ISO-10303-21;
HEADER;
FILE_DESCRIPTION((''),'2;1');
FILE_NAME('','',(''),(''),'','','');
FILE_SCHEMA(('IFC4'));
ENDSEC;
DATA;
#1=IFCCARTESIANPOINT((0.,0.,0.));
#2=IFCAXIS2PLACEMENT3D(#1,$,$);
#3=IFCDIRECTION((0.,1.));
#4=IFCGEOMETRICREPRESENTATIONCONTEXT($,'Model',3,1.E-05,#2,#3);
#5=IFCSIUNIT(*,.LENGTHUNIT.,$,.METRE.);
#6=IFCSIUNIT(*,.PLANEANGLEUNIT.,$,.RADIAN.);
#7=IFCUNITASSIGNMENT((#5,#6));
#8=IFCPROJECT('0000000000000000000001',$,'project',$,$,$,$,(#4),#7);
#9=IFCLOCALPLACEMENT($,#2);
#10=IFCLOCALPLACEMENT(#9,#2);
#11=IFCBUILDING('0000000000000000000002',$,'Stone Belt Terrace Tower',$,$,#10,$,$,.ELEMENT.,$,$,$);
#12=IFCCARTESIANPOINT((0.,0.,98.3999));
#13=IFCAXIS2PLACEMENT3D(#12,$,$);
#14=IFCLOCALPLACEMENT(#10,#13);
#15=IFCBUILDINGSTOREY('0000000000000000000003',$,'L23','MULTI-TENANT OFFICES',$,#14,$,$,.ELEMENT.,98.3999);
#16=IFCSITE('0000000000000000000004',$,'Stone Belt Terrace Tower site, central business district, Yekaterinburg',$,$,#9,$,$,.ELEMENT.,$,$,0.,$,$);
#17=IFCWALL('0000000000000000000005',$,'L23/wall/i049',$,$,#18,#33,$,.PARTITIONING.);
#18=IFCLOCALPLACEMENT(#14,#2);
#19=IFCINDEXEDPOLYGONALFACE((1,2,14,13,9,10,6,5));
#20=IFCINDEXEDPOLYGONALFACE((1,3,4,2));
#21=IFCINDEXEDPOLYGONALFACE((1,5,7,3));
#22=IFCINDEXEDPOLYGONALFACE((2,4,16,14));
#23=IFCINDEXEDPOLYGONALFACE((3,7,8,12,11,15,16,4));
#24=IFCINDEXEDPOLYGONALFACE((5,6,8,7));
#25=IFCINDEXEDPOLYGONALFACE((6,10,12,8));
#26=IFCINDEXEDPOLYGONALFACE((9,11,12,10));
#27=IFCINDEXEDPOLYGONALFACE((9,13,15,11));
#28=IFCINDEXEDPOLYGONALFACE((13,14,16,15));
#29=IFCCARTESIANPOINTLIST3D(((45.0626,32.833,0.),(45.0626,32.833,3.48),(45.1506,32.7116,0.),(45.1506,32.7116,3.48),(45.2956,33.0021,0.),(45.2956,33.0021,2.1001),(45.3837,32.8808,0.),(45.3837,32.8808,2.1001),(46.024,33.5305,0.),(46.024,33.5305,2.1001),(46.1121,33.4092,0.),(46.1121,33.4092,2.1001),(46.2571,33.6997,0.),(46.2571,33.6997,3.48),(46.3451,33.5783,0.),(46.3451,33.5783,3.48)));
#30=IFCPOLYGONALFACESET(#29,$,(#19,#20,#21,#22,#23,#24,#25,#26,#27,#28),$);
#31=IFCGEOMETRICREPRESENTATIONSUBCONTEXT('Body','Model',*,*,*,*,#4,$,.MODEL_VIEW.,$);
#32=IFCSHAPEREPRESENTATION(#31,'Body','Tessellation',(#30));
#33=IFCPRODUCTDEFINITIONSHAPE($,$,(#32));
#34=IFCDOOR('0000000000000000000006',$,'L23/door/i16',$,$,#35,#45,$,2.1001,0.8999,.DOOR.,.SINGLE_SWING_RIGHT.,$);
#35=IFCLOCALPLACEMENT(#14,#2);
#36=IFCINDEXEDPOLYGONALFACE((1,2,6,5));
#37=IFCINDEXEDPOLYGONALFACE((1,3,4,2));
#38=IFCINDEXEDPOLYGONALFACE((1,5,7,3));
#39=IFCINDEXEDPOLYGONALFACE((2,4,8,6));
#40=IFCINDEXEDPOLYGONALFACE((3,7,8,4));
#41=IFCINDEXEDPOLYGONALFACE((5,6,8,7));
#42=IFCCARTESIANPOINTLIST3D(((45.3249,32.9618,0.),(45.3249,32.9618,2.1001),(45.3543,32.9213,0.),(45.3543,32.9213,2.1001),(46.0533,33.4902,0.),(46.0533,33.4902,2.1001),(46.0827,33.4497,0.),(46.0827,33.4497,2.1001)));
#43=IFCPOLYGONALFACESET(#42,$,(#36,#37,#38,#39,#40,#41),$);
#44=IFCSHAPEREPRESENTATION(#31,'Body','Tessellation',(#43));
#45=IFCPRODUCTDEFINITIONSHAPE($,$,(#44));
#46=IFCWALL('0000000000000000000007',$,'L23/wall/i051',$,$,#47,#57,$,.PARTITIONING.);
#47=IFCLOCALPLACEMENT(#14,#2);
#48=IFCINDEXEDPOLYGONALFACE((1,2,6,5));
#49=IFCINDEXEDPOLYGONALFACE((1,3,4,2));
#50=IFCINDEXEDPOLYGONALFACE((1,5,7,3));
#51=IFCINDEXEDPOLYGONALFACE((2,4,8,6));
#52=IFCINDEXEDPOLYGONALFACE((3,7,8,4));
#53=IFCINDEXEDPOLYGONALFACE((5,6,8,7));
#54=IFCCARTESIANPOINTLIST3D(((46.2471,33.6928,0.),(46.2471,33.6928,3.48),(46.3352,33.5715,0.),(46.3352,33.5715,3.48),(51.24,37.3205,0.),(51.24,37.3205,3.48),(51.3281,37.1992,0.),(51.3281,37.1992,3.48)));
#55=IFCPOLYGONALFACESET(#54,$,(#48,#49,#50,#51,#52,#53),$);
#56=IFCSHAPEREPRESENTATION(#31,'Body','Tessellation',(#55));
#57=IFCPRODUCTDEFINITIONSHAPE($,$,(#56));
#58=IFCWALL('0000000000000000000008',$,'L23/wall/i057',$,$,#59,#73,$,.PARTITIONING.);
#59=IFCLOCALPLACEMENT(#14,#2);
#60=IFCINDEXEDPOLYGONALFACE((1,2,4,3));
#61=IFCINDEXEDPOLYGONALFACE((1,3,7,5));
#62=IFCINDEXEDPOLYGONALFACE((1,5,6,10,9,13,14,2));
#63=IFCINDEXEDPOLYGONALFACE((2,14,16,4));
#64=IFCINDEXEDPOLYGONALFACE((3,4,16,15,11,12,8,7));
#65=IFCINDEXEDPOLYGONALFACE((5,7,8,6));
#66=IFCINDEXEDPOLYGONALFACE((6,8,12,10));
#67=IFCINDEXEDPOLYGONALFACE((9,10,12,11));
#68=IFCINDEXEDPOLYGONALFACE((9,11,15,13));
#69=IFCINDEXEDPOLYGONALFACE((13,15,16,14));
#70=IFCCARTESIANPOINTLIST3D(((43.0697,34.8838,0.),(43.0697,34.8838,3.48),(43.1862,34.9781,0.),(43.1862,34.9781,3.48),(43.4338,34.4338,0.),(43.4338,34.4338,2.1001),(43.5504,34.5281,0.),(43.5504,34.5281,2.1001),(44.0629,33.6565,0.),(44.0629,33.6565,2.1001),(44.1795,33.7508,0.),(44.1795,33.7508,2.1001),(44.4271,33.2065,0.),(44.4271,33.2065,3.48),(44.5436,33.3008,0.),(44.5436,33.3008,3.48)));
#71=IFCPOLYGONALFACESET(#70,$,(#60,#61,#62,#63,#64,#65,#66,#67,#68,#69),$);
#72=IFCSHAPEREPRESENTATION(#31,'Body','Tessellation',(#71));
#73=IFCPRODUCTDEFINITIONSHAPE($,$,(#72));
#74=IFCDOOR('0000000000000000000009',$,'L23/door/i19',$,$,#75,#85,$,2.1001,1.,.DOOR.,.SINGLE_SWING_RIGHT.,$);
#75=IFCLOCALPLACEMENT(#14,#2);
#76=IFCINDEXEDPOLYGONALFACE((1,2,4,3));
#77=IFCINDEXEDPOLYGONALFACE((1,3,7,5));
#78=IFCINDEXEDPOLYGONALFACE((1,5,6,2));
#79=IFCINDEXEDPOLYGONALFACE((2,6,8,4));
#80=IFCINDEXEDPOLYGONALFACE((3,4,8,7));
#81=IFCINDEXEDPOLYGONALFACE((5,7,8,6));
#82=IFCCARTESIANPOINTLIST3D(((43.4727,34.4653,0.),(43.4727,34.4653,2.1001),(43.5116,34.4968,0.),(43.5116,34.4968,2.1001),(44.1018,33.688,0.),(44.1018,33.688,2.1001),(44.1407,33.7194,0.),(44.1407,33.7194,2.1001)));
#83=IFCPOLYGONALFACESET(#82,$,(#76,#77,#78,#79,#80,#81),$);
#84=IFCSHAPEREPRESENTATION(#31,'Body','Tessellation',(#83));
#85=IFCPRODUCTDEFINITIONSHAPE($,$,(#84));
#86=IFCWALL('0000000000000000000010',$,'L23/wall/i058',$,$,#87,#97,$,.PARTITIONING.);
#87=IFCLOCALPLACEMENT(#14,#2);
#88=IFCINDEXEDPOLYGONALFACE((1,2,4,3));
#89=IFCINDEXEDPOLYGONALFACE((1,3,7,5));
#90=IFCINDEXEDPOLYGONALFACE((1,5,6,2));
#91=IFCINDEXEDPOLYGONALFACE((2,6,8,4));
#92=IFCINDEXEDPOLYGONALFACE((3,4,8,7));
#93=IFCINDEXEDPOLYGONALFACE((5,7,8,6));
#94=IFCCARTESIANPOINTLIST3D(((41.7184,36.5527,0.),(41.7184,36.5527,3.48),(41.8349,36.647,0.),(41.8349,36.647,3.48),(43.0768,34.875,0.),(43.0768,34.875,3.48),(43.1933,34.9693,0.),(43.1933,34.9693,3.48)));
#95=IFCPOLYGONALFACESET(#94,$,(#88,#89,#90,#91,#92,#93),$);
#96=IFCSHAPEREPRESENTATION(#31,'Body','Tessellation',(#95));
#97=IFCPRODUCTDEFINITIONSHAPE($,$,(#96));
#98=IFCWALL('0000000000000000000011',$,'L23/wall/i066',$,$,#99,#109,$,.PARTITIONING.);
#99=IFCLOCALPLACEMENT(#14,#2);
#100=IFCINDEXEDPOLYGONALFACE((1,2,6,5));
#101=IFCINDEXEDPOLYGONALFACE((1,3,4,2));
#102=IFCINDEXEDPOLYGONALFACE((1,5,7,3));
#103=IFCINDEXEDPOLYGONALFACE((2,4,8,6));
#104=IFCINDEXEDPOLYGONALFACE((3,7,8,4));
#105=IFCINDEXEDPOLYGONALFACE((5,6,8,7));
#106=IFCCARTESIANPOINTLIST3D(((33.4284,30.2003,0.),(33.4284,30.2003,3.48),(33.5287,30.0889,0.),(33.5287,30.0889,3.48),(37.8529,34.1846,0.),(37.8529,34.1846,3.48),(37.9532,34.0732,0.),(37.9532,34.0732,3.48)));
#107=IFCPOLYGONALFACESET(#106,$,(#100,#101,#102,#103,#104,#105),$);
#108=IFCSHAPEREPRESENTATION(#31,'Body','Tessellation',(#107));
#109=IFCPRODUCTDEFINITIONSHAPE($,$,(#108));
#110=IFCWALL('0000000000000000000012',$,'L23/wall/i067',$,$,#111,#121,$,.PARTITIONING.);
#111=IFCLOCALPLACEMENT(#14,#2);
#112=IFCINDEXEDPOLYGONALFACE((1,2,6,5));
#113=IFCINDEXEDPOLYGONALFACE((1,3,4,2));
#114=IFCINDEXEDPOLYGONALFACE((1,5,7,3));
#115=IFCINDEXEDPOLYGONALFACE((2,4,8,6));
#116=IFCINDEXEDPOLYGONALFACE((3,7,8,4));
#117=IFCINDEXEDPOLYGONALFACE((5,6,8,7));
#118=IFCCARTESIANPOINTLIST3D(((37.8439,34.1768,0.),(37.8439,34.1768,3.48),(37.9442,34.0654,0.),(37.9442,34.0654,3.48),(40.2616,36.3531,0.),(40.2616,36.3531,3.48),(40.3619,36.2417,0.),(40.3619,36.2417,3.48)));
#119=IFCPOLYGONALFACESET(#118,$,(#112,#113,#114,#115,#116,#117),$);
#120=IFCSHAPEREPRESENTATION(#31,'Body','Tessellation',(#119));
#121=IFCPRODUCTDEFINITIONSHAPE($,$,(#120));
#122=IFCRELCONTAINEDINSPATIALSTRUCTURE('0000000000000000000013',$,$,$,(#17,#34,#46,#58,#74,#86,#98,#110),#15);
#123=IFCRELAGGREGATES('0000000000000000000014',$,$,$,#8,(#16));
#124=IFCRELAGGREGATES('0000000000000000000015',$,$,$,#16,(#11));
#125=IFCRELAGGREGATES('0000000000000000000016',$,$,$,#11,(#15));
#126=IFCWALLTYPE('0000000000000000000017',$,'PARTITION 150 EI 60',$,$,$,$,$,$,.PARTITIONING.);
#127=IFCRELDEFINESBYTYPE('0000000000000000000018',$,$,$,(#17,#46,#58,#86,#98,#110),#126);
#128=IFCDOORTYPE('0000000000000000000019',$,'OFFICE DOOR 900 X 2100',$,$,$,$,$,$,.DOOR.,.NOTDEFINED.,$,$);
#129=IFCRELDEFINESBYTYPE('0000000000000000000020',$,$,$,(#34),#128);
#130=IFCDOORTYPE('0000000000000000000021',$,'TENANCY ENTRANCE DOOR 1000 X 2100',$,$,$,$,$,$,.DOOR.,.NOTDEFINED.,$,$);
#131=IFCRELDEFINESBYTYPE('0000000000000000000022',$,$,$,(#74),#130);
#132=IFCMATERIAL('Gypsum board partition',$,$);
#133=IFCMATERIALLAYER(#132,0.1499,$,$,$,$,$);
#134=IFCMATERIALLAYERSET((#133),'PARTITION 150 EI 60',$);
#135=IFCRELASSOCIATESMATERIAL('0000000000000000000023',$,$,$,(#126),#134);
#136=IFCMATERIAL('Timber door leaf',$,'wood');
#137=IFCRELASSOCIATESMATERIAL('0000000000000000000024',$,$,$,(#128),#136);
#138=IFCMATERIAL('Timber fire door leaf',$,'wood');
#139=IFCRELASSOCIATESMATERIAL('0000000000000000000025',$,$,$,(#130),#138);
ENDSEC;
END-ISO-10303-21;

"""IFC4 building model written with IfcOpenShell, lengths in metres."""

from ifc_helpers import new_model, si_unit, direction, frame, frame_2d, origin, place, context, subcontext, project, spatial, rectangle, extrude, material, layer, layer_set, type_object, element, fill, save


model = new_model("IFC4")

# Units and contexts
model_context = context("Model", 3, precision=1e-05, world=origin(), true_north=direction((0.0, 1.0)))
body_context = subcontext(model_context, "Body", "Model", "MODEL_VIEW")
ifc_project = project(units=[si_unit("LENGTHUNIT", "METRE"), si_unit("PLANEANGLEUNIT", "RADIAN")], contexts=[model_context])

# Site, building, storey
site_placement = place(None, origin())
site = spatial("IfcSite", under=ifc_project, at=site_placement, Name="Stone Belt Terrace Tower site, central business district, Yekaterinburg", CompositionType="ELEMENT", RefElevation=0.0)
building_placement = place(site_placement, origin())
building = spatial("IfcBuilding", under=site, at=building_placement, Name="Stone Belt Terrace Tower", CompositionType="ELEMENT")
storey_placement = place(building_placement, frame((0.0, 0.0, 98.3999)))
storey = spatial("IfcBuildingStorey", under=building, at=storey_placement, Name="L23", Description="MULTI-TENANT OFFICES", CompositionType="ELEMENT", Elevation=98.3999)

# Shared definitions
ifc_material_1 = material(Name="Gypsum board partition")

# Wall, opening, door
ifc_material_2 = material(Name="Timber door leaf", Category="wood")
ifc_layer_1 = layer(ifc_material_1, 0.1499)
ifc_layer_set_1 = layer_set([ifc_layer_1], Name="PARTITION 150 EI 60")
wall_type_1 = type_object("IfcWallType", Name="PARTITION 150 EI 60", PredefinedType="PARTITIONING", material=ifc_layer_set_1)
wall_1_placement = place(storey_placement, frame((46.301, 33.6389, 0.0), z_axis=(0.0, 0.0, 1.0), x_axis=(-0.809408, -0.587247, 0.0)))
wall_1 = element("IfcWall", 1, at=wall_1_placement, inside=storey, type_object=wall_type_1, Name="L23/wall/i049", PredefinedType="PARTITIONING", context=body_context, shape_type="SweptSolid", body=[
    extrude(rectangle(XDim=1.4758, YDim=0.1499, at=frame_2d((0.7378, 0.0))), origin(), (0.0, 0.0, 1.0), 3.48),
])
opening_1_placement = place(wall_1_placement, frame((0.2878, 0.0, 0.0)))
opening_1 = element("IfcOpeningElement", 2, at=opening_1_placement, cuts=wall_1, PredefinedType="OPENING", context=body_context, shape_type="SweptSolid", body=[
    extrude(rectangle(XDim=0.8999, YDim=2.1001, at=frame_2d((0.45, 1.05))), frame((0.0, 0.085, 0.0), z_axis=(0.0, -1.0, 0.0), x_axis=(1.0, 0.0, 0.0)), (0.0, 0.0, 1.0), 0.1699),
])
door_type_1 = type_object("IfcDoorType", Name="OFFICE DOOR 900 X 2100", OperationType="NOTDEFINED", PredefinedType="DOOR", material=ifc_material_2)
door_1_placement = place(opening_1_placement, origin())
door_1 = element("IfcDoor", 3, at=door_1_placement, inside=storey, type_object=door_type_1, Name="L23/door/i16", OperationType="SINGLE_SWING_RIGHT", OverallHeight=2.1001, OverallWidth=0.8999, PredefinedType="DOOR", context=body_context, shape_type="SweptSolid", body=[
    extrude(rectangle(XDim=0.8999, YDim=2.1001, at=frame_2d((0.45, 1.05))), frame((0.0, 0.0249, 0.0), z_axis=(0.0, -1.0, 0.0), x_axis=(1.0, 0.0, 0.0)), (0.0, 0.0, 1.0), 0.05),
])
fill(opening_1, door_1)

# Wall
wall_2_placement = place(storey_placement, frame((46.291, 33.6321, 0.0), z_axis=(0.0, 0.0, 1.0), x_axis=(0.809008, 0.587798, 0.0)))
element("IfcWall", 4, at=wall_2_placement, inside=storey, type_object=wall_type_1, Name="L23/wall/i051", PredefinedType="PARTITIONING", context=body_context, shape_type="SweptSolid", body=[
    extrude(rectangle(XDim=6.1716, YDim=0.1499, at=frame_2d((3.0859, 0.0))), origin(), (0.0, 0.0, 1.0), 3.48),
])

# Wall, opening, door
wall_3_placement = place(storey_placement, frame((44.4854, 33.2537, 0.0), z_axis=(0.0, 0.0, 1.0), x_axis=(-0.629101, 0.777324, 0.0)))
wall_3 = element("IfcWall", 5, at=wall_3_placement, inside=storey, type_object=wall_type_1, Name="L23/wall/i057", PredefinedType="PARTITIONING", context=body_context, shape_type="SweptSolid", body=[
    extrude(rectangle(XDim=2.1577, YDim=0.1499, at=frame_2d((1.0789, 0.0))), origin(), (0.0, 0.0, 1.0), 3.48),
])
opening_2_placement = place(wall_3_placement, frame((0.5789, 0.0, 0.0)))
opening_2 = element("IfcOpeningElement", 6, at=opening_2_placement, cuts=wall_3, PredefinedType="OPENING", context=body_context, shape_type="SweptSolid", body=[
    extrude(rectangle(XDim=1.0, YDim=2.1001, at=frame_2d((0.5, 1.05))), frame((0.0, 0.085, 0.0), z_axis=(0.0, -1.0, 0.0), x_axis=(1.0, 0.0, 0.0)), (0.0, 0.0, 1.0), 0.1699),
])
ifc_material_3 = material(Name="Timber fire door leaf", Category="wood")
door_type_2 = type_object("IfcDoorType", Name="TENANCY ENTRANCE DOOR 1000 X 2100", OperationType="NOTDEFINED", PredefinedType="DOOR", material=ifc_material_3)
door_2_placement = place(opening_2_placement, origin())
door_2 = element("IfcDoor", 7, at=door_2_placement, inside=storey, type_object=door_type_2, Name="L23/door/i19", OperationType="SINGLE_SWING_RIGHT", OverallHeight=2.1001, OverallWidth=1.0, PredefinedType="DOOR", context=body_context, shape_type="SweptSolid", body=[
    extrude(rectangle(XDim=1.0, YDim=2.1001, at=frame_2d((0.5, 1.05))), frame((0.0, 0.0249, 0.0), z_axis=(0.0, -1.0, 0.0), x_axis=(1.0, 0.0, 0.0)), (0.0, 0.0, 1.0), 0.05),
])
fill(opening_2, door_2)

# Walls
wall_4_placement = place(storey_placement, frame((43.135, 34.9221, 0.0), z_axis=(0.0, 0.0, 1.0), x_axis=(-0.629263, 0.777192, 0.0)))
element("IfcWall", 8, at=wall_4_placement, inside=storey, type_object=wall_type_1, Name="L23/wall/i058", PredefinedType="PARTITIONING", context=body_context, shape_type="SweptSolid", body=[
    extrude(rectangle(XDim=2.1587, YDim=0.1499, at=frame_2d((1.0793, 0.0))), origin(), (0.0, 0.0, 1.0), 3.48),
])
wall_5_placement = place(storey_placement, frame((37.9031, 34.1289, 0.0), z_axis=(0.0, 0.0, 1.0), x_axis=(-0.743105, -0.669175, 0.0)))
element("IfcWall", 9, at=wall_5_placement, inside=storey, type_object=wall_type_1, Name="L23/wall/i066", PredefinedType="PARTITIONING", context=body_context, shape_type="SweptSolid", body=[
    extrude(rectangle(XDim=5.9541, YDim=0.1499, at=frame_2d((2.9771, 0.0))), origin(), (0.0, 0.0, 1.0), 3.48),
])
wall_6_placement = place(storey_placement, frame((40.3118, 36.2974, 0.0), z_axis=(0.0, 0.0, 1.0), x_axis=(-0.743246, -0.669019, 0.0)))
element("IfcWall", 10, at=wall_6_placement, inside=storey, type_object=wall_type_1, Name="L23/wall/i067", PredefinedType="PARTITIONING", context=body_context, shape_type="SweptSolid", body=[
    extrude(rectangle(XDim=3.2529, YDim=0.1499, at=frame_2d((1.6265, 0.0))), origin(), (0.0, 0.0, 1.0), 3.48),
])

save(model, "model.ifc")
